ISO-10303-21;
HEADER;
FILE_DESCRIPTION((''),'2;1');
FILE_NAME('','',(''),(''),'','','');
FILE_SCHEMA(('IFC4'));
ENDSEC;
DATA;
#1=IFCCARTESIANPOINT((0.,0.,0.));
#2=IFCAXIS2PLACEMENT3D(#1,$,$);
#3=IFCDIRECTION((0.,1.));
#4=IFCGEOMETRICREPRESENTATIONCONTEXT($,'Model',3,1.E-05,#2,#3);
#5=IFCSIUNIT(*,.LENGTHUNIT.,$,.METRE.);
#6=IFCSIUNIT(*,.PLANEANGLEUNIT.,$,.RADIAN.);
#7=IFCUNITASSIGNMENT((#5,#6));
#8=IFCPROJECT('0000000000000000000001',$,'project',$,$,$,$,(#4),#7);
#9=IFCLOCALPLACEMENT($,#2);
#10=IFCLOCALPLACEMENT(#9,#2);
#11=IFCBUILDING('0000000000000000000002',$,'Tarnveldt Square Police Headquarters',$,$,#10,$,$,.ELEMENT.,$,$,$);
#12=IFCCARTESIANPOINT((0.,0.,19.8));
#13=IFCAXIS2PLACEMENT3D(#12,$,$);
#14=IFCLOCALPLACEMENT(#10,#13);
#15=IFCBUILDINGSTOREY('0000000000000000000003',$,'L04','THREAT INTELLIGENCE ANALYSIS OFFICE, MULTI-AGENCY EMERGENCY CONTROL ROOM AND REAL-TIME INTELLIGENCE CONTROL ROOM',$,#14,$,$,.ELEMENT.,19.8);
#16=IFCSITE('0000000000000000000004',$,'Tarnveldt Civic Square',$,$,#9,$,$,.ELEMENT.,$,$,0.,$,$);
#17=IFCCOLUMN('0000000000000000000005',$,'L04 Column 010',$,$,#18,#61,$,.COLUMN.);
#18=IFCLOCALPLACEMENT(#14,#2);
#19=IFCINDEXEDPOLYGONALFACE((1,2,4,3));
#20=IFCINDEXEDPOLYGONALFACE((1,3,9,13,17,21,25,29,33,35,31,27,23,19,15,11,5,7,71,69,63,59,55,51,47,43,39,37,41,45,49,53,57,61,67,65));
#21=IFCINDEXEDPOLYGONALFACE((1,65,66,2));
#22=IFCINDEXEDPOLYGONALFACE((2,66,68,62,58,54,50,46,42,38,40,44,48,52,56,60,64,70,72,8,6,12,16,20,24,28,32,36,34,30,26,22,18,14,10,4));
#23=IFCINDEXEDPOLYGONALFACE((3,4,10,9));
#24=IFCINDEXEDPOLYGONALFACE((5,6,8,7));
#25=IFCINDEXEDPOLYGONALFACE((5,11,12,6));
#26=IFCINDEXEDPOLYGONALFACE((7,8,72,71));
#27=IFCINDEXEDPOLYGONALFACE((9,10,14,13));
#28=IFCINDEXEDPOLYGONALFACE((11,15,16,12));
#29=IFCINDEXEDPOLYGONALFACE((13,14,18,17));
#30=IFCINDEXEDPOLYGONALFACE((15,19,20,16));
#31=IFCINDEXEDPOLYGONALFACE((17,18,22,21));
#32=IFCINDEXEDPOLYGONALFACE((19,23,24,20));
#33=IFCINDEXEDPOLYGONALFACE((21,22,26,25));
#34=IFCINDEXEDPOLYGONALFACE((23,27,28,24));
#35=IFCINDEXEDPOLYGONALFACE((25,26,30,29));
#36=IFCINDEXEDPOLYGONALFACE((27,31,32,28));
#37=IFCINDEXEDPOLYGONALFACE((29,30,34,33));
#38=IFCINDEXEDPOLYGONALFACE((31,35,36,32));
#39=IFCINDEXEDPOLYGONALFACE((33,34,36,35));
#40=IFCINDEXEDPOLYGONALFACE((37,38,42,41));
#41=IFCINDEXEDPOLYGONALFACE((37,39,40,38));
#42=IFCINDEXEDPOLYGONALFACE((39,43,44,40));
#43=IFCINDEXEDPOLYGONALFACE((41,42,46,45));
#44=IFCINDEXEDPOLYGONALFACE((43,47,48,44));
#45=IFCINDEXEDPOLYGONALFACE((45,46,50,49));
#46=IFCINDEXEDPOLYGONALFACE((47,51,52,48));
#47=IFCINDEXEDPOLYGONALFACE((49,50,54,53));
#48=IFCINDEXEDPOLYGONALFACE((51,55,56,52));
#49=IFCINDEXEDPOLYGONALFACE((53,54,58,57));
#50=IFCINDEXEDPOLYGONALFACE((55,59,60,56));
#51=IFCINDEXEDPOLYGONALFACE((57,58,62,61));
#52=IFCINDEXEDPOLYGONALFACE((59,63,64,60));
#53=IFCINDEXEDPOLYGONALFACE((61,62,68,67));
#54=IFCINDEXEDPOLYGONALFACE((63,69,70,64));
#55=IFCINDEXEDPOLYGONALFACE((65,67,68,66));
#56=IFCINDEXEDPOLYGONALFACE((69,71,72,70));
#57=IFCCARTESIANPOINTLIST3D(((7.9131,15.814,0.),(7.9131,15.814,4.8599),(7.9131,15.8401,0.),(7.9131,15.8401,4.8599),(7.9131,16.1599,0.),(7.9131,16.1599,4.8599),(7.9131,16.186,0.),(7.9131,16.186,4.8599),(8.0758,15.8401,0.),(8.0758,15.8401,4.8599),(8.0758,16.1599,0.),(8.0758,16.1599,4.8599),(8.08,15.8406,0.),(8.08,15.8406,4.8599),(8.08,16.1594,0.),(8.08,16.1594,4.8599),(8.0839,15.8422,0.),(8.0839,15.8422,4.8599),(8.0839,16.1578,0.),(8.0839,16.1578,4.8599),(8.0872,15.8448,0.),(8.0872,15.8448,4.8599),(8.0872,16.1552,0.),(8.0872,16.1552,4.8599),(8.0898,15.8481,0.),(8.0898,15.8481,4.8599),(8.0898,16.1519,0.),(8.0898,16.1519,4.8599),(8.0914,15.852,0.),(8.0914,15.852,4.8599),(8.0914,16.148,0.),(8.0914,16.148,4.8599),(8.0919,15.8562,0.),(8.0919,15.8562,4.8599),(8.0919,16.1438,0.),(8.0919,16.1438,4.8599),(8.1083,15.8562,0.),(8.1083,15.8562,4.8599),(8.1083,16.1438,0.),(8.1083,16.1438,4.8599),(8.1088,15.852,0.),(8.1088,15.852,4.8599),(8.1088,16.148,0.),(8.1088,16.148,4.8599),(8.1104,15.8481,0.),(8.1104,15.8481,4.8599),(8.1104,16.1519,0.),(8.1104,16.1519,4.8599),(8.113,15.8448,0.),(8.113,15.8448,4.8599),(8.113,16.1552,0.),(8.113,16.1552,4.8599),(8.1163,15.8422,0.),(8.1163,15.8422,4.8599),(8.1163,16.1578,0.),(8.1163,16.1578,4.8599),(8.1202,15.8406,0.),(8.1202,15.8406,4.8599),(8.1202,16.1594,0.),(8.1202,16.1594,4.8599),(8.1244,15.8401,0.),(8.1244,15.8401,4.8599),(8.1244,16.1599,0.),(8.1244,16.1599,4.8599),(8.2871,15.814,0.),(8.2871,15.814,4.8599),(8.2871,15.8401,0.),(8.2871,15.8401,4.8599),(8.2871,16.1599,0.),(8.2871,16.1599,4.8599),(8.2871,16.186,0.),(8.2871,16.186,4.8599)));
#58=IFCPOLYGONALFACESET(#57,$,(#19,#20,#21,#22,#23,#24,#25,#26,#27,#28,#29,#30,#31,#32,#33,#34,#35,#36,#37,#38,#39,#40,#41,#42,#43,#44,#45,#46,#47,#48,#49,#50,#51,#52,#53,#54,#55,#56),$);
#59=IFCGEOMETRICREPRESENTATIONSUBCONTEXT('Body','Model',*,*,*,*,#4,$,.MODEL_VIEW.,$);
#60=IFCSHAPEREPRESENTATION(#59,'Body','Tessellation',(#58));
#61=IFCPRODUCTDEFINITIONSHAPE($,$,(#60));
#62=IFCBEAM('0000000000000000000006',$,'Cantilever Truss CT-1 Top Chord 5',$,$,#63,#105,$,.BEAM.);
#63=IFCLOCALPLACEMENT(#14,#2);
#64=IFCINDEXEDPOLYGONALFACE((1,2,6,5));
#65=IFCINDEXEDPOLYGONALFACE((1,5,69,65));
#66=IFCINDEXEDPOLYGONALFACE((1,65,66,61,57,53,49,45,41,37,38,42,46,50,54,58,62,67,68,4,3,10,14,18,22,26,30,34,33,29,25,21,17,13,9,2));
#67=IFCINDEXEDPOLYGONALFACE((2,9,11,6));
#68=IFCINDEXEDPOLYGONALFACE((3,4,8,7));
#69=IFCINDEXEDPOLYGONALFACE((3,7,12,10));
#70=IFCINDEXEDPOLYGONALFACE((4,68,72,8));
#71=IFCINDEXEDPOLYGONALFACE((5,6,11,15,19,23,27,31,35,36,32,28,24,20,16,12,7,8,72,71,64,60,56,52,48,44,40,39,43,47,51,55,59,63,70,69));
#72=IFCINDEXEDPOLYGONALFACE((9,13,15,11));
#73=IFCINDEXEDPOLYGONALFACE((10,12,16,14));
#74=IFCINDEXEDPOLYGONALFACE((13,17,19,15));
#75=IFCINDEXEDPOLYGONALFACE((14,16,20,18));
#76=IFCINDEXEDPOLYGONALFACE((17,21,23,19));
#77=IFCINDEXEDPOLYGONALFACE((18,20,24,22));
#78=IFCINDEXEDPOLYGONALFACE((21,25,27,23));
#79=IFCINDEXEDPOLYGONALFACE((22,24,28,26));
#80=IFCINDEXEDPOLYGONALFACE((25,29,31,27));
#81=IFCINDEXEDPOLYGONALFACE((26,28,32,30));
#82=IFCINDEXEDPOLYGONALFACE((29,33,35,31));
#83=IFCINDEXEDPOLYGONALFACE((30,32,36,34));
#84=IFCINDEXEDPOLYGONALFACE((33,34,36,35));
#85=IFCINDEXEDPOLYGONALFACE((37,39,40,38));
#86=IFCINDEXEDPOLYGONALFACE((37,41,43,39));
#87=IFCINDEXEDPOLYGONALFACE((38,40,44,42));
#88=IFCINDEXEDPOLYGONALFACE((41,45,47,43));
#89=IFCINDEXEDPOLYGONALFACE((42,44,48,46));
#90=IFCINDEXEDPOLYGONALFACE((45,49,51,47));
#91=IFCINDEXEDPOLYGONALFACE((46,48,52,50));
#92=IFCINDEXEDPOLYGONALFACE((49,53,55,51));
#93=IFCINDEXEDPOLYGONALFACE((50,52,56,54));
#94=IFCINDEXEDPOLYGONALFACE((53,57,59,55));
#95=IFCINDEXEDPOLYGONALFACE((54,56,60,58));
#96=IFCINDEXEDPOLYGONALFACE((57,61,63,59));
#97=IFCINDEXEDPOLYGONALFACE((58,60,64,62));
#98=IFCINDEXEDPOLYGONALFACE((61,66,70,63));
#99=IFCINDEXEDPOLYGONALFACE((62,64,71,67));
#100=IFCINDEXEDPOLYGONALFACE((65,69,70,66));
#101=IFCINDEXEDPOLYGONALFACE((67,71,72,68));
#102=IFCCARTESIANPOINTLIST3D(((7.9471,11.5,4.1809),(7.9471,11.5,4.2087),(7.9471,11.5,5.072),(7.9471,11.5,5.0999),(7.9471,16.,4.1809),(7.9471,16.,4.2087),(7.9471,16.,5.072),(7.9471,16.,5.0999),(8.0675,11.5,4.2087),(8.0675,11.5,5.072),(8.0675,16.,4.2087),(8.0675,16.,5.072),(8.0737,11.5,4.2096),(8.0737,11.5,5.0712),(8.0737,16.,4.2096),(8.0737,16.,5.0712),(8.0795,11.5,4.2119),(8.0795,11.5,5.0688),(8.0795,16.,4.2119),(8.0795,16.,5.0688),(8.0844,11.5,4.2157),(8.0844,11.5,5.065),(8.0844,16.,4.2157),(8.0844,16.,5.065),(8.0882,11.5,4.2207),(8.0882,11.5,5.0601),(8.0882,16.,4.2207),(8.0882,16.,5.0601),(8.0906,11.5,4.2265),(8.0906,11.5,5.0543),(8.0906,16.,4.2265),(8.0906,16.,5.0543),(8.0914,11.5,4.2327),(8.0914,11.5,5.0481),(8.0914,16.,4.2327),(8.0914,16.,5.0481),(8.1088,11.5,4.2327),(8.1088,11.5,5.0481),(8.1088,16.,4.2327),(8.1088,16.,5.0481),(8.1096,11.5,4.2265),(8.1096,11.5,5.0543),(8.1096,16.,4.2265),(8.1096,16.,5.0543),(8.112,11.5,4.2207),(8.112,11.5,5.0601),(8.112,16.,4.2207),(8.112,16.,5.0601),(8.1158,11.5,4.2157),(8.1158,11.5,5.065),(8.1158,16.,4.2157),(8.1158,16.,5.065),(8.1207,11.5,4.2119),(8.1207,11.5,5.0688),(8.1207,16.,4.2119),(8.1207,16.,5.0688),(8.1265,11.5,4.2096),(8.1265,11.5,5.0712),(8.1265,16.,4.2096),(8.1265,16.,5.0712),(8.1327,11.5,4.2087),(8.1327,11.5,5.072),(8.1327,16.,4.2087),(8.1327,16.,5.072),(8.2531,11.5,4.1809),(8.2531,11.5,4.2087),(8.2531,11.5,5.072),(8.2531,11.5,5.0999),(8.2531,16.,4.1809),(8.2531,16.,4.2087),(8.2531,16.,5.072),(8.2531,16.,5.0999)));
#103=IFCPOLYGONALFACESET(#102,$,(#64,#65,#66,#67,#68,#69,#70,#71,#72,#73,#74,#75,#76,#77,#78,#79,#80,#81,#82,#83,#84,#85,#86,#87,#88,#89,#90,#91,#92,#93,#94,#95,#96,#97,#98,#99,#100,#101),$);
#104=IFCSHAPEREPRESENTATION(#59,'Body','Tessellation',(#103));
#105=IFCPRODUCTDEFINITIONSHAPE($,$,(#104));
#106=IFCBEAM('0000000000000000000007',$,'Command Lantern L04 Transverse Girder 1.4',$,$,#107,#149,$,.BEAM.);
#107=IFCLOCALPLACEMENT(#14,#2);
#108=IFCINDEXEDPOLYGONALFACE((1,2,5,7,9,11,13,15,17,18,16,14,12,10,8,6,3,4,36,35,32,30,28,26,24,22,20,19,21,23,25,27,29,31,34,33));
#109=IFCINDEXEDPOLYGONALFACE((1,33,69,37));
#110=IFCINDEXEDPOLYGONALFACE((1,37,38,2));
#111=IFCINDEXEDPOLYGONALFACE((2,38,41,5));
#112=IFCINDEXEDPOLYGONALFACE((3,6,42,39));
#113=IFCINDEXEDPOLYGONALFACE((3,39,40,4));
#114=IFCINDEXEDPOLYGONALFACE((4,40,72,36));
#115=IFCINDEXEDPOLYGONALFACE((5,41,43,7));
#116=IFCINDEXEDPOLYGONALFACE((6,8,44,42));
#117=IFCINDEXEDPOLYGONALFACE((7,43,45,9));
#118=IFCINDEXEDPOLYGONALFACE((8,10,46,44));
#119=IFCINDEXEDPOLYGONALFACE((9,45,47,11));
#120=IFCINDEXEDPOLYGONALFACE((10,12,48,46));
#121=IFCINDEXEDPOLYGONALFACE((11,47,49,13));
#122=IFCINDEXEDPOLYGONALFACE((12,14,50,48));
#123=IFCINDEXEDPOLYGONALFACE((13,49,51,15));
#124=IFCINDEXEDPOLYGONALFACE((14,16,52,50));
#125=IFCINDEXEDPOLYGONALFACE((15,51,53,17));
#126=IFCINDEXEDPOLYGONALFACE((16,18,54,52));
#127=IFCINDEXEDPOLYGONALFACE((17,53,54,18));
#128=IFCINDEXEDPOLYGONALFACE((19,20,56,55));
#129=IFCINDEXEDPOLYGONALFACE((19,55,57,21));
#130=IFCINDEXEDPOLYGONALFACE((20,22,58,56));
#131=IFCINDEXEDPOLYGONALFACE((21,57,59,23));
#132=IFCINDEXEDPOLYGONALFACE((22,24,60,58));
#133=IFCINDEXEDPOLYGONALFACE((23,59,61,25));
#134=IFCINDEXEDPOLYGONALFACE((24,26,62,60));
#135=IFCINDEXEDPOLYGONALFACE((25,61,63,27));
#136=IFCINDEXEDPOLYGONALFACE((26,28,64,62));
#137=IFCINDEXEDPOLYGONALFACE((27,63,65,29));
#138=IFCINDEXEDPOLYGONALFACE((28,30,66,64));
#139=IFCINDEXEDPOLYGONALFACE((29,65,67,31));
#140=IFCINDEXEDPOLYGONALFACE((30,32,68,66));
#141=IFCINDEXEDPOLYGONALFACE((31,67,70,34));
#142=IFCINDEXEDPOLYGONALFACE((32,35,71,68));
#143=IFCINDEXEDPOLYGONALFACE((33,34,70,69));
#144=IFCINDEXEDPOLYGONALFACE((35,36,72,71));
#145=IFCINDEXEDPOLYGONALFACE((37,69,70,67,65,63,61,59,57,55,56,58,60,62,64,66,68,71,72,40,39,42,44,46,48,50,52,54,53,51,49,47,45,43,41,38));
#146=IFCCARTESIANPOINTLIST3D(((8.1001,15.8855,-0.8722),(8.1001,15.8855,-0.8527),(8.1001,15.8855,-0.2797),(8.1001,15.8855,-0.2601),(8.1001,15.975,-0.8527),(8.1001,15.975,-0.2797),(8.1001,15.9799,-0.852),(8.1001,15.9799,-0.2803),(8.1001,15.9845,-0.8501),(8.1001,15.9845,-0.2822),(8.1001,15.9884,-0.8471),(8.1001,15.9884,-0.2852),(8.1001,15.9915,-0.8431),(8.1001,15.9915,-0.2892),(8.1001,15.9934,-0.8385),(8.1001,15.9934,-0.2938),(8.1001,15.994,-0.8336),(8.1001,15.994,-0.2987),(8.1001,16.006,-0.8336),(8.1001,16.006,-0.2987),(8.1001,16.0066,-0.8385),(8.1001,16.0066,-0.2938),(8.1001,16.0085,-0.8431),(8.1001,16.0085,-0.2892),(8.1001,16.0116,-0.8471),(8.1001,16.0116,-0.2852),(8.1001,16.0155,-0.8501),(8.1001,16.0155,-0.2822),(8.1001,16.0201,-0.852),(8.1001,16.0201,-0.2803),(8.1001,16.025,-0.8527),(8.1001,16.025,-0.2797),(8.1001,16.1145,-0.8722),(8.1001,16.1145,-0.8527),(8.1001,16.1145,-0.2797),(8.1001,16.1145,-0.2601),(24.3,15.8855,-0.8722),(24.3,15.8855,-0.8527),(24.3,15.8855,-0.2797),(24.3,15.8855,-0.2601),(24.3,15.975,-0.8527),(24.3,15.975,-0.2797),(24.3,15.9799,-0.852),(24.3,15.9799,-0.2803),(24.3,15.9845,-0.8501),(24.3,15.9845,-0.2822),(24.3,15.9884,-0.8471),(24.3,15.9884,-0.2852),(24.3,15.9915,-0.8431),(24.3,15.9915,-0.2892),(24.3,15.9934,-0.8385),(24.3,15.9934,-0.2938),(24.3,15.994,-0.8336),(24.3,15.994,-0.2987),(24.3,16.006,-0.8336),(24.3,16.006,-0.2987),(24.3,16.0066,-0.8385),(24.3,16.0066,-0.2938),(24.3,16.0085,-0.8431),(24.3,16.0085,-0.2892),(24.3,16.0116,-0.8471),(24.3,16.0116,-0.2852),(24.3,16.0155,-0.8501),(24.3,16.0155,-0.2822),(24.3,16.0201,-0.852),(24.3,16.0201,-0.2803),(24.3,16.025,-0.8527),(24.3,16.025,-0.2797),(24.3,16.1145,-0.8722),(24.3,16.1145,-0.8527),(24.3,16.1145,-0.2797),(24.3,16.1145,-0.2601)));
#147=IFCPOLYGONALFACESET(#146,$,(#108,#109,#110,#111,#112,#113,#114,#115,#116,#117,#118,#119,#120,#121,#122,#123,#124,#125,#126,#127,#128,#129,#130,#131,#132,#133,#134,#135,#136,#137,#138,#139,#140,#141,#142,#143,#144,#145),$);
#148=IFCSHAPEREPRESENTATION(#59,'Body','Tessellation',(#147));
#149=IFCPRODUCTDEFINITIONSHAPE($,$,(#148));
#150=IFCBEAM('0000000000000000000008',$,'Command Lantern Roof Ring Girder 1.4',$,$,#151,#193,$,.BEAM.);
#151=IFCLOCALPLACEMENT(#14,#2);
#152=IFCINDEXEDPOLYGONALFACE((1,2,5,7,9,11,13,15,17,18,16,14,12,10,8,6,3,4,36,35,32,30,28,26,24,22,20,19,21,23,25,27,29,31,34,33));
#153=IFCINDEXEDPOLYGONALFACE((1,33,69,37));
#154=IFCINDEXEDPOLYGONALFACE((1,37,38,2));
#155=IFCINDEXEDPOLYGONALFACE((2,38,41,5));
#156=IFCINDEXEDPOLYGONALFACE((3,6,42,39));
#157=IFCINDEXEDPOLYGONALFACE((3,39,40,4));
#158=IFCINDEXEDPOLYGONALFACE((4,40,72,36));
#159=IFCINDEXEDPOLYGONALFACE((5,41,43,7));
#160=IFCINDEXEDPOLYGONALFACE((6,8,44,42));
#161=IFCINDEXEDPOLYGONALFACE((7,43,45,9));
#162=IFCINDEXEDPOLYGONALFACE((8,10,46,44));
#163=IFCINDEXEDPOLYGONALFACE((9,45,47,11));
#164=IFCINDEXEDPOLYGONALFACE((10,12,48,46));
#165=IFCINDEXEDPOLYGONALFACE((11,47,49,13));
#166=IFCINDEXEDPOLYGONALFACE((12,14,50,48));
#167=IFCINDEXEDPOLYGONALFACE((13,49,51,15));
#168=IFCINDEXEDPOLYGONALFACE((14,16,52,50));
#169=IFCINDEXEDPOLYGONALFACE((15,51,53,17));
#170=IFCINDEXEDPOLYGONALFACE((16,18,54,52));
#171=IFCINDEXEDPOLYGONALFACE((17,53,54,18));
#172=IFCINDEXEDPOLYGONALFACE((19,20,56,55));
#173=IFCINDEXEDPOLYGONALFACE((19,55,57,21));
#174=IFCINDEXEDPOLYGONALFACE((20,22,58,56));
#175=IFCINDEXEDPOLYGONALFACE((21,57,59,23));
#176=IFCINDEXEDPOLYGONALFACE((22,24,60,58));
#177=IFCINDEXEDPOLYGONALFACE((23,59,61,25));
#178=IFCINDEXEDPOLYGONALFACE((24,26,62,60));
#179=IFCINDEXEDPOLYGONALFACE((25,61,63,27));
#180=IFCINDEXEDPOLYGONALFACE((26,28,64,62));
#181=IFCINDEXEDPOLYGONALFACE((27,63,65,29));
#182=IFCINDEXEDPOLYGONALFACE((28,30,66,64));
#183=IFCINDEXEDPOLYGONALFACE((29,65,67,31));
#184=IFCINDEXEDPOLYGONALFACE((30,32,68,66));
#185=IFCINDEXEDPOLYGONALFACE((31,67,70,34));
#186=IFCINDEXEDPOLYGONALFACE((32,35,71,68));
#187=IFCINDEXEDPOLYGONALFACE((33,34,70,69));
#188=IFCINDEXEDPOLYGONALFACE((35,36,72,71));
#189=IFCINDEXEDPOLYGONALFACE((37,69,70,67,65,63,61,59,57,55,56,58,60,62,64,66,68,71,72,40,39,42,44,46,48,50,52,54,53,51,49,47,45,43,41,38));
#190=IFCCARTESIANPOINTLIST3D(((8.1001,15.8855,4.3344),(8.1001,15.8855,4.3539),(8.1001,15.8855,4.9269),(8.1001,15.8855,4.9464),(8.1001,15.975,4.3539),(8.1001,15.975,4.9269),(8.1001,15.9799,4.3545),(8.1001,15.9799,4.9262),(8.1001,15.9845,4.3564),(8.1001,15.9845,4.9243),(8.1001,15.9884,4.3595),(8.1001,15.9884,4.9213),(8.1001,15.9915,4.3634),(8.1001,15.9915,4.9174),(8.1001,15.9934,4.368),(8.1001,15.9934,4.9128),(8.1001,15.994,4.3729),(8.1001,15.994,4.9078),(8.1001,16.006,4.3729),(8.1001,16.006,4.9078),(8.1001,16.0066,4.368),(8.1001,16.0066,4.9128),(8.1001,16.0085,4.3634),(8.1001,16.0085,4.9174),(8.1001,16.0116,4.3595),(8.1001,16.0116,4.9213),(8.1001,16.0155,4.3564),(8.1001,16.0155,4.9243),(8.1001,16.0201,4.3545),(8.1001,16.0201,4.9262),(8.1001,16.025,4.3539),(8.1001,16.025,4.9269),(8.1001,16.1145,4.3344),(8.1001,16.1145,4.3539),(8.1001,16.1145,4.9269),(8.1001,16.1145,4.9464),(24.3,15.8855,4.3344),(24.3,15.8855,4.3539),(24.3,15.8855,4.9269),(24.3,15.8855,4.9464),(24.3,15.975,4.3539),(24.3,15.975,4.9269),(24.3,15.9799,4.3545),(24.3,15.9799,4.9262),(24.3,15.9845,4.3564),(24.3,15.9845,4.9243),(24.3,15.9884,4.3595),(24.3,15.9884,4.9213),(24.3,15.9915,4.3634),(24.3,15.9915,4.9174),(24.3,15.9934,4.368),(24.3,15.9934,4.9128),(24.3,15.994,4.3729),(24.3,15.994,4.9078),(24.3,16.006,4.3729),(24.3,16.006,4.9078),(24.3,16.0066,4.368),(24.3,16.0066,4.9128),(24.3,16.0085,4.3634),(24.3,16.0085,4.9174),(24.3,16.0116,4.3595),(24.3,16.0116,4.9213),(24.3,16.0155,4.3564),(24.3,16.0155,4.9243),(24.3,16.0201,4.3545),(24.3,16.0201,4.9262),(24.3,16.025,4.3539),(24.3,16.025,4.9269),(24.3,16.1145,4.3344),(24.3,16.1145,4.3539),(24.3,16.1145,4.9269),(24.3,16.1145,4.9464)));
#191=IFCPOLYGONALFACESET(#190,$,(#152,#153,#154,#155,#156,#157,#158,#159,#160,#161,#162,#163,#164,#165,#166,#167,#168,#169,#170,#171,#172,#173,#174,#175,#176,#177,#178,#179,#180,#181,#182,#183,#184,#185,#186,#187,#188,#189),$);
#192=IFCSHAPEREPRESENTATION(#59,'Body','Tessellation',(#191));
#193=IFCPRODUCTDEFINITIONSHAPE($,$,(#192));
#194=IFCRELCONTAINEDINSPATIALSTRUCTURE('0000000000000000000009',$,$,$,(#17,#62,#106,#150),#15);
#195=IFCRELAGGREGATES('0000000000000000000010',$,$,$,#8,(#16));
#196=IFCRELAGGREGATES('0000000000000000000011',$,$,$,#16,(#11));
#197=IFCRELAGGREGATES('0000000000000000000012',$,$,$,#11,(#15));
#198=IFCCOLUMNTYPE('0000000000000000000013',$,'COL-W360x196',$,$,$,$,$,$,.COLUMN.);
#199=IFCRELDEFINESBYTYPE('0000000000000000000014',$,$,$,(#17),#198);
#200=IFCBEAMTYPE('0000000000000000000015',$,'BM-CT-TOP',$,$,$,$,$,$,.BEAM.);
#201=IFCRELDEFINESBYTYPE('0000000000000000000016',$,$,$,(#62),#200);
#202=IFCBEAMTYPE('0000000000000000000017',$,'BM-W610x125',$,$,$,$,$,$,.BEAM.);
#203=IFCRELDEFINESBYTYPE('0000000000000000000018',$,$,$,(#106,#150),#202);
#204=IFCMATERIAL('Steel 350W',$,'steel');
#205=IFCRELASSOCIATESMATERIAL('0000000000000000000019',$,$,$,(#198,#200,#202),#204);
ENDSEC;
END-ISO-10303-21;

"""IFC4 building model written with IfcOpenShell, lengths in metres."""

from ifc_helpers import new_model, si_unit, direction, frame, origin, origin_2d, place, context, subcontext, project, spatial, i_section, extrude, material, material_profile, profile_set, type_object, element, save


model = new_model("IFC4")

# Units and contexts
model_context = context("Model", 3, precision=1e-05, world=origin(), true_north=direction((0.0, 1.0)))
body_context = subcontext(model_context, "Body", "Model", "MODEL_VIEW")
ifc_project = project(units=[si_unit("LENGTHUNIT", "METRE"), si_unit("PLANEANGLEUNIT", "RADIAN")], contexts=[model_context])

# Site, building, storey
site_placement = place(None, origin())
site = spatial("IfcSite", under=ifc_project, at=site_placement, Name="Tarnveldt Civic Square", CompositionType="ELEMENT", RefElevation=0.0)
building_placement = place(site_placement, origin())
building = spatial("IfcBuilding", under=site, at=building_placement, Name="Tarnveldt Square Police Headquarters", CompositionType="ELEMENT")
storey_placement = place(building_placement, frame((0.0, 0.0, 19.8)))
storey = spatial("IfcBuildingStorey", under=building, at=storey_placement, Name="L04", Description="THREAT INTELLIGENCE ANALYSIS OFFICE, MULTI-AGENCY EMERGENCY CONTROL ROOM AND REAL-TIME INTELLIGENCE CONTROL ROOM", CompositionType="ELEMENT", Elevation=19.8)

# Column
ifc_material_1 = material(Name="Steel 350W", Category="steel")
ifc_material_profile_1 = material_profile(ifc_material_1, i_section(OverallWidth=0.374, OverallDepth=0.3721, WebThickness=0.0164, FlangeThickness=0.0261, FilletRadius=0.0161, at=origin_2d()), Name="W360x196")
ifc_profile_set_1 = profile_set([ifc_material_profile_1], Name="Steel 350W")
column_type = type_object("IfcColumnType", Name="COL-W360x196", PredefinedType="COLUMN", material=ifc_profile_set_1)
column_placement = place(storey_placement, frame((8.1001, 16.0, 0.0), z_axis=(0.0, 0.0, 1.0), x_axis=(1.0, 0.0, 0.0)))
element("IfcColumn", 1, at=column_placement, inside=storey, type_object=column_type, Name="L04 Column 010", PredefinedType="COLUMN", context=body_context, shape_type="SweptSolid", body=[
    extrude(i_section(OverallWidth=0.374, OverallDepth=0.3721, WebThickness=0.0164, FlangeThickness=0.0261, FilletRadius=0.0161, at=origin_2d()), origin(), (0.0, 0.0, 1.0), 4.8599),
])

# Beams
ifc_material_profile_2 = material_profile(ifc_material_1, i_section(OverallWidth=0.3059, OverallDepth=0.9189, WebThickness=0.0173, FlangeThickness=0.0278, FilletRadius=0.0239, at=origin_2d()), Name="W920x253")
ifc_profile_set_2 = profile_set([ifc_material_profile_2], Name="Steel 350W")
beam_type_1 = type_object("IfcBeamType", Name="BM-CT-TOP", PredefinedType="BEAM", material=ifc_profile_set_2)
beam_placement = place(storey_placement, frame((8.1001, 16.0, 4.6404), z_axis=(0.0, -1.0, 0.0), x_axis=(1.0, 0.0, 0.0)))
element("IfcBeam", 2, at=beam_placement, inside=storey, type_object=beam_type_1, Name="Cantilever Truss CT-1 Top Chord 5", PredefinedType="BEAM", context=body_context, shape_type="SweptSolid", body=[
    extrude(i_section(OverallWidth=0.3059, OverallDepth=0.9189, WebThickness=0.0173, FlangeThickness=0.0278, FilletRadius=0.0239, at=origin_2d()), origin(), (0.0, 0.0, 1.0), 4.5),
])
ifc_material_profile_3 = material_profile(ifc_material_1, i_section(OverallWidth=0.229, OverallDepth=0.6121, WebThickness=0.012, FlangeThickness=0.0195, FilletRadius=0.019, at=origin_2d()), Name="W610x125")
ifc_profile_set_3 = profile_set([ifc_material_profile_3], Name="Steel 350W")
beam_type_2 = type_object("IfcBeamType", Name="BM-W610x125", PredefinedType="BEAM", material=ifc_profile_set_3)
for number, where, z_axis, x_axis, name in (
    (3, (8.1001, 16.0, -0.5662), (1.0, 0.0, 0.0), (0.0, 1.0, 0.0), "Command Lantern L04 Transverse Girder 1.4"),
    (4, (8.1001, 16.0, 4.6404), (1.0, 0.0, 0.0), (0.0, 1.0, 0.0), "Command Lantern Roof Ring Girder 1.4"),
):
    element("IfcBeam", number, at=place(storey_placement, frame(where, z_axis=z_axis, x_axis=x_axis)), inside=storey, type_object=beam_type_2, Name=name, PredefinedType="BEAM", context=body_context, shape_type="SweptSolid", body=[
        extrude(i_section(OverallWidth=0.229, OverallDepth=0.6121, WebThickness=0.012, FlangeThickness=0.0195, FilletRadius=0.019, at=origin_2d()), origin(), (0.0, 0.0, 1.0), 16.2),
    ])

save(model, "model.ifc")
